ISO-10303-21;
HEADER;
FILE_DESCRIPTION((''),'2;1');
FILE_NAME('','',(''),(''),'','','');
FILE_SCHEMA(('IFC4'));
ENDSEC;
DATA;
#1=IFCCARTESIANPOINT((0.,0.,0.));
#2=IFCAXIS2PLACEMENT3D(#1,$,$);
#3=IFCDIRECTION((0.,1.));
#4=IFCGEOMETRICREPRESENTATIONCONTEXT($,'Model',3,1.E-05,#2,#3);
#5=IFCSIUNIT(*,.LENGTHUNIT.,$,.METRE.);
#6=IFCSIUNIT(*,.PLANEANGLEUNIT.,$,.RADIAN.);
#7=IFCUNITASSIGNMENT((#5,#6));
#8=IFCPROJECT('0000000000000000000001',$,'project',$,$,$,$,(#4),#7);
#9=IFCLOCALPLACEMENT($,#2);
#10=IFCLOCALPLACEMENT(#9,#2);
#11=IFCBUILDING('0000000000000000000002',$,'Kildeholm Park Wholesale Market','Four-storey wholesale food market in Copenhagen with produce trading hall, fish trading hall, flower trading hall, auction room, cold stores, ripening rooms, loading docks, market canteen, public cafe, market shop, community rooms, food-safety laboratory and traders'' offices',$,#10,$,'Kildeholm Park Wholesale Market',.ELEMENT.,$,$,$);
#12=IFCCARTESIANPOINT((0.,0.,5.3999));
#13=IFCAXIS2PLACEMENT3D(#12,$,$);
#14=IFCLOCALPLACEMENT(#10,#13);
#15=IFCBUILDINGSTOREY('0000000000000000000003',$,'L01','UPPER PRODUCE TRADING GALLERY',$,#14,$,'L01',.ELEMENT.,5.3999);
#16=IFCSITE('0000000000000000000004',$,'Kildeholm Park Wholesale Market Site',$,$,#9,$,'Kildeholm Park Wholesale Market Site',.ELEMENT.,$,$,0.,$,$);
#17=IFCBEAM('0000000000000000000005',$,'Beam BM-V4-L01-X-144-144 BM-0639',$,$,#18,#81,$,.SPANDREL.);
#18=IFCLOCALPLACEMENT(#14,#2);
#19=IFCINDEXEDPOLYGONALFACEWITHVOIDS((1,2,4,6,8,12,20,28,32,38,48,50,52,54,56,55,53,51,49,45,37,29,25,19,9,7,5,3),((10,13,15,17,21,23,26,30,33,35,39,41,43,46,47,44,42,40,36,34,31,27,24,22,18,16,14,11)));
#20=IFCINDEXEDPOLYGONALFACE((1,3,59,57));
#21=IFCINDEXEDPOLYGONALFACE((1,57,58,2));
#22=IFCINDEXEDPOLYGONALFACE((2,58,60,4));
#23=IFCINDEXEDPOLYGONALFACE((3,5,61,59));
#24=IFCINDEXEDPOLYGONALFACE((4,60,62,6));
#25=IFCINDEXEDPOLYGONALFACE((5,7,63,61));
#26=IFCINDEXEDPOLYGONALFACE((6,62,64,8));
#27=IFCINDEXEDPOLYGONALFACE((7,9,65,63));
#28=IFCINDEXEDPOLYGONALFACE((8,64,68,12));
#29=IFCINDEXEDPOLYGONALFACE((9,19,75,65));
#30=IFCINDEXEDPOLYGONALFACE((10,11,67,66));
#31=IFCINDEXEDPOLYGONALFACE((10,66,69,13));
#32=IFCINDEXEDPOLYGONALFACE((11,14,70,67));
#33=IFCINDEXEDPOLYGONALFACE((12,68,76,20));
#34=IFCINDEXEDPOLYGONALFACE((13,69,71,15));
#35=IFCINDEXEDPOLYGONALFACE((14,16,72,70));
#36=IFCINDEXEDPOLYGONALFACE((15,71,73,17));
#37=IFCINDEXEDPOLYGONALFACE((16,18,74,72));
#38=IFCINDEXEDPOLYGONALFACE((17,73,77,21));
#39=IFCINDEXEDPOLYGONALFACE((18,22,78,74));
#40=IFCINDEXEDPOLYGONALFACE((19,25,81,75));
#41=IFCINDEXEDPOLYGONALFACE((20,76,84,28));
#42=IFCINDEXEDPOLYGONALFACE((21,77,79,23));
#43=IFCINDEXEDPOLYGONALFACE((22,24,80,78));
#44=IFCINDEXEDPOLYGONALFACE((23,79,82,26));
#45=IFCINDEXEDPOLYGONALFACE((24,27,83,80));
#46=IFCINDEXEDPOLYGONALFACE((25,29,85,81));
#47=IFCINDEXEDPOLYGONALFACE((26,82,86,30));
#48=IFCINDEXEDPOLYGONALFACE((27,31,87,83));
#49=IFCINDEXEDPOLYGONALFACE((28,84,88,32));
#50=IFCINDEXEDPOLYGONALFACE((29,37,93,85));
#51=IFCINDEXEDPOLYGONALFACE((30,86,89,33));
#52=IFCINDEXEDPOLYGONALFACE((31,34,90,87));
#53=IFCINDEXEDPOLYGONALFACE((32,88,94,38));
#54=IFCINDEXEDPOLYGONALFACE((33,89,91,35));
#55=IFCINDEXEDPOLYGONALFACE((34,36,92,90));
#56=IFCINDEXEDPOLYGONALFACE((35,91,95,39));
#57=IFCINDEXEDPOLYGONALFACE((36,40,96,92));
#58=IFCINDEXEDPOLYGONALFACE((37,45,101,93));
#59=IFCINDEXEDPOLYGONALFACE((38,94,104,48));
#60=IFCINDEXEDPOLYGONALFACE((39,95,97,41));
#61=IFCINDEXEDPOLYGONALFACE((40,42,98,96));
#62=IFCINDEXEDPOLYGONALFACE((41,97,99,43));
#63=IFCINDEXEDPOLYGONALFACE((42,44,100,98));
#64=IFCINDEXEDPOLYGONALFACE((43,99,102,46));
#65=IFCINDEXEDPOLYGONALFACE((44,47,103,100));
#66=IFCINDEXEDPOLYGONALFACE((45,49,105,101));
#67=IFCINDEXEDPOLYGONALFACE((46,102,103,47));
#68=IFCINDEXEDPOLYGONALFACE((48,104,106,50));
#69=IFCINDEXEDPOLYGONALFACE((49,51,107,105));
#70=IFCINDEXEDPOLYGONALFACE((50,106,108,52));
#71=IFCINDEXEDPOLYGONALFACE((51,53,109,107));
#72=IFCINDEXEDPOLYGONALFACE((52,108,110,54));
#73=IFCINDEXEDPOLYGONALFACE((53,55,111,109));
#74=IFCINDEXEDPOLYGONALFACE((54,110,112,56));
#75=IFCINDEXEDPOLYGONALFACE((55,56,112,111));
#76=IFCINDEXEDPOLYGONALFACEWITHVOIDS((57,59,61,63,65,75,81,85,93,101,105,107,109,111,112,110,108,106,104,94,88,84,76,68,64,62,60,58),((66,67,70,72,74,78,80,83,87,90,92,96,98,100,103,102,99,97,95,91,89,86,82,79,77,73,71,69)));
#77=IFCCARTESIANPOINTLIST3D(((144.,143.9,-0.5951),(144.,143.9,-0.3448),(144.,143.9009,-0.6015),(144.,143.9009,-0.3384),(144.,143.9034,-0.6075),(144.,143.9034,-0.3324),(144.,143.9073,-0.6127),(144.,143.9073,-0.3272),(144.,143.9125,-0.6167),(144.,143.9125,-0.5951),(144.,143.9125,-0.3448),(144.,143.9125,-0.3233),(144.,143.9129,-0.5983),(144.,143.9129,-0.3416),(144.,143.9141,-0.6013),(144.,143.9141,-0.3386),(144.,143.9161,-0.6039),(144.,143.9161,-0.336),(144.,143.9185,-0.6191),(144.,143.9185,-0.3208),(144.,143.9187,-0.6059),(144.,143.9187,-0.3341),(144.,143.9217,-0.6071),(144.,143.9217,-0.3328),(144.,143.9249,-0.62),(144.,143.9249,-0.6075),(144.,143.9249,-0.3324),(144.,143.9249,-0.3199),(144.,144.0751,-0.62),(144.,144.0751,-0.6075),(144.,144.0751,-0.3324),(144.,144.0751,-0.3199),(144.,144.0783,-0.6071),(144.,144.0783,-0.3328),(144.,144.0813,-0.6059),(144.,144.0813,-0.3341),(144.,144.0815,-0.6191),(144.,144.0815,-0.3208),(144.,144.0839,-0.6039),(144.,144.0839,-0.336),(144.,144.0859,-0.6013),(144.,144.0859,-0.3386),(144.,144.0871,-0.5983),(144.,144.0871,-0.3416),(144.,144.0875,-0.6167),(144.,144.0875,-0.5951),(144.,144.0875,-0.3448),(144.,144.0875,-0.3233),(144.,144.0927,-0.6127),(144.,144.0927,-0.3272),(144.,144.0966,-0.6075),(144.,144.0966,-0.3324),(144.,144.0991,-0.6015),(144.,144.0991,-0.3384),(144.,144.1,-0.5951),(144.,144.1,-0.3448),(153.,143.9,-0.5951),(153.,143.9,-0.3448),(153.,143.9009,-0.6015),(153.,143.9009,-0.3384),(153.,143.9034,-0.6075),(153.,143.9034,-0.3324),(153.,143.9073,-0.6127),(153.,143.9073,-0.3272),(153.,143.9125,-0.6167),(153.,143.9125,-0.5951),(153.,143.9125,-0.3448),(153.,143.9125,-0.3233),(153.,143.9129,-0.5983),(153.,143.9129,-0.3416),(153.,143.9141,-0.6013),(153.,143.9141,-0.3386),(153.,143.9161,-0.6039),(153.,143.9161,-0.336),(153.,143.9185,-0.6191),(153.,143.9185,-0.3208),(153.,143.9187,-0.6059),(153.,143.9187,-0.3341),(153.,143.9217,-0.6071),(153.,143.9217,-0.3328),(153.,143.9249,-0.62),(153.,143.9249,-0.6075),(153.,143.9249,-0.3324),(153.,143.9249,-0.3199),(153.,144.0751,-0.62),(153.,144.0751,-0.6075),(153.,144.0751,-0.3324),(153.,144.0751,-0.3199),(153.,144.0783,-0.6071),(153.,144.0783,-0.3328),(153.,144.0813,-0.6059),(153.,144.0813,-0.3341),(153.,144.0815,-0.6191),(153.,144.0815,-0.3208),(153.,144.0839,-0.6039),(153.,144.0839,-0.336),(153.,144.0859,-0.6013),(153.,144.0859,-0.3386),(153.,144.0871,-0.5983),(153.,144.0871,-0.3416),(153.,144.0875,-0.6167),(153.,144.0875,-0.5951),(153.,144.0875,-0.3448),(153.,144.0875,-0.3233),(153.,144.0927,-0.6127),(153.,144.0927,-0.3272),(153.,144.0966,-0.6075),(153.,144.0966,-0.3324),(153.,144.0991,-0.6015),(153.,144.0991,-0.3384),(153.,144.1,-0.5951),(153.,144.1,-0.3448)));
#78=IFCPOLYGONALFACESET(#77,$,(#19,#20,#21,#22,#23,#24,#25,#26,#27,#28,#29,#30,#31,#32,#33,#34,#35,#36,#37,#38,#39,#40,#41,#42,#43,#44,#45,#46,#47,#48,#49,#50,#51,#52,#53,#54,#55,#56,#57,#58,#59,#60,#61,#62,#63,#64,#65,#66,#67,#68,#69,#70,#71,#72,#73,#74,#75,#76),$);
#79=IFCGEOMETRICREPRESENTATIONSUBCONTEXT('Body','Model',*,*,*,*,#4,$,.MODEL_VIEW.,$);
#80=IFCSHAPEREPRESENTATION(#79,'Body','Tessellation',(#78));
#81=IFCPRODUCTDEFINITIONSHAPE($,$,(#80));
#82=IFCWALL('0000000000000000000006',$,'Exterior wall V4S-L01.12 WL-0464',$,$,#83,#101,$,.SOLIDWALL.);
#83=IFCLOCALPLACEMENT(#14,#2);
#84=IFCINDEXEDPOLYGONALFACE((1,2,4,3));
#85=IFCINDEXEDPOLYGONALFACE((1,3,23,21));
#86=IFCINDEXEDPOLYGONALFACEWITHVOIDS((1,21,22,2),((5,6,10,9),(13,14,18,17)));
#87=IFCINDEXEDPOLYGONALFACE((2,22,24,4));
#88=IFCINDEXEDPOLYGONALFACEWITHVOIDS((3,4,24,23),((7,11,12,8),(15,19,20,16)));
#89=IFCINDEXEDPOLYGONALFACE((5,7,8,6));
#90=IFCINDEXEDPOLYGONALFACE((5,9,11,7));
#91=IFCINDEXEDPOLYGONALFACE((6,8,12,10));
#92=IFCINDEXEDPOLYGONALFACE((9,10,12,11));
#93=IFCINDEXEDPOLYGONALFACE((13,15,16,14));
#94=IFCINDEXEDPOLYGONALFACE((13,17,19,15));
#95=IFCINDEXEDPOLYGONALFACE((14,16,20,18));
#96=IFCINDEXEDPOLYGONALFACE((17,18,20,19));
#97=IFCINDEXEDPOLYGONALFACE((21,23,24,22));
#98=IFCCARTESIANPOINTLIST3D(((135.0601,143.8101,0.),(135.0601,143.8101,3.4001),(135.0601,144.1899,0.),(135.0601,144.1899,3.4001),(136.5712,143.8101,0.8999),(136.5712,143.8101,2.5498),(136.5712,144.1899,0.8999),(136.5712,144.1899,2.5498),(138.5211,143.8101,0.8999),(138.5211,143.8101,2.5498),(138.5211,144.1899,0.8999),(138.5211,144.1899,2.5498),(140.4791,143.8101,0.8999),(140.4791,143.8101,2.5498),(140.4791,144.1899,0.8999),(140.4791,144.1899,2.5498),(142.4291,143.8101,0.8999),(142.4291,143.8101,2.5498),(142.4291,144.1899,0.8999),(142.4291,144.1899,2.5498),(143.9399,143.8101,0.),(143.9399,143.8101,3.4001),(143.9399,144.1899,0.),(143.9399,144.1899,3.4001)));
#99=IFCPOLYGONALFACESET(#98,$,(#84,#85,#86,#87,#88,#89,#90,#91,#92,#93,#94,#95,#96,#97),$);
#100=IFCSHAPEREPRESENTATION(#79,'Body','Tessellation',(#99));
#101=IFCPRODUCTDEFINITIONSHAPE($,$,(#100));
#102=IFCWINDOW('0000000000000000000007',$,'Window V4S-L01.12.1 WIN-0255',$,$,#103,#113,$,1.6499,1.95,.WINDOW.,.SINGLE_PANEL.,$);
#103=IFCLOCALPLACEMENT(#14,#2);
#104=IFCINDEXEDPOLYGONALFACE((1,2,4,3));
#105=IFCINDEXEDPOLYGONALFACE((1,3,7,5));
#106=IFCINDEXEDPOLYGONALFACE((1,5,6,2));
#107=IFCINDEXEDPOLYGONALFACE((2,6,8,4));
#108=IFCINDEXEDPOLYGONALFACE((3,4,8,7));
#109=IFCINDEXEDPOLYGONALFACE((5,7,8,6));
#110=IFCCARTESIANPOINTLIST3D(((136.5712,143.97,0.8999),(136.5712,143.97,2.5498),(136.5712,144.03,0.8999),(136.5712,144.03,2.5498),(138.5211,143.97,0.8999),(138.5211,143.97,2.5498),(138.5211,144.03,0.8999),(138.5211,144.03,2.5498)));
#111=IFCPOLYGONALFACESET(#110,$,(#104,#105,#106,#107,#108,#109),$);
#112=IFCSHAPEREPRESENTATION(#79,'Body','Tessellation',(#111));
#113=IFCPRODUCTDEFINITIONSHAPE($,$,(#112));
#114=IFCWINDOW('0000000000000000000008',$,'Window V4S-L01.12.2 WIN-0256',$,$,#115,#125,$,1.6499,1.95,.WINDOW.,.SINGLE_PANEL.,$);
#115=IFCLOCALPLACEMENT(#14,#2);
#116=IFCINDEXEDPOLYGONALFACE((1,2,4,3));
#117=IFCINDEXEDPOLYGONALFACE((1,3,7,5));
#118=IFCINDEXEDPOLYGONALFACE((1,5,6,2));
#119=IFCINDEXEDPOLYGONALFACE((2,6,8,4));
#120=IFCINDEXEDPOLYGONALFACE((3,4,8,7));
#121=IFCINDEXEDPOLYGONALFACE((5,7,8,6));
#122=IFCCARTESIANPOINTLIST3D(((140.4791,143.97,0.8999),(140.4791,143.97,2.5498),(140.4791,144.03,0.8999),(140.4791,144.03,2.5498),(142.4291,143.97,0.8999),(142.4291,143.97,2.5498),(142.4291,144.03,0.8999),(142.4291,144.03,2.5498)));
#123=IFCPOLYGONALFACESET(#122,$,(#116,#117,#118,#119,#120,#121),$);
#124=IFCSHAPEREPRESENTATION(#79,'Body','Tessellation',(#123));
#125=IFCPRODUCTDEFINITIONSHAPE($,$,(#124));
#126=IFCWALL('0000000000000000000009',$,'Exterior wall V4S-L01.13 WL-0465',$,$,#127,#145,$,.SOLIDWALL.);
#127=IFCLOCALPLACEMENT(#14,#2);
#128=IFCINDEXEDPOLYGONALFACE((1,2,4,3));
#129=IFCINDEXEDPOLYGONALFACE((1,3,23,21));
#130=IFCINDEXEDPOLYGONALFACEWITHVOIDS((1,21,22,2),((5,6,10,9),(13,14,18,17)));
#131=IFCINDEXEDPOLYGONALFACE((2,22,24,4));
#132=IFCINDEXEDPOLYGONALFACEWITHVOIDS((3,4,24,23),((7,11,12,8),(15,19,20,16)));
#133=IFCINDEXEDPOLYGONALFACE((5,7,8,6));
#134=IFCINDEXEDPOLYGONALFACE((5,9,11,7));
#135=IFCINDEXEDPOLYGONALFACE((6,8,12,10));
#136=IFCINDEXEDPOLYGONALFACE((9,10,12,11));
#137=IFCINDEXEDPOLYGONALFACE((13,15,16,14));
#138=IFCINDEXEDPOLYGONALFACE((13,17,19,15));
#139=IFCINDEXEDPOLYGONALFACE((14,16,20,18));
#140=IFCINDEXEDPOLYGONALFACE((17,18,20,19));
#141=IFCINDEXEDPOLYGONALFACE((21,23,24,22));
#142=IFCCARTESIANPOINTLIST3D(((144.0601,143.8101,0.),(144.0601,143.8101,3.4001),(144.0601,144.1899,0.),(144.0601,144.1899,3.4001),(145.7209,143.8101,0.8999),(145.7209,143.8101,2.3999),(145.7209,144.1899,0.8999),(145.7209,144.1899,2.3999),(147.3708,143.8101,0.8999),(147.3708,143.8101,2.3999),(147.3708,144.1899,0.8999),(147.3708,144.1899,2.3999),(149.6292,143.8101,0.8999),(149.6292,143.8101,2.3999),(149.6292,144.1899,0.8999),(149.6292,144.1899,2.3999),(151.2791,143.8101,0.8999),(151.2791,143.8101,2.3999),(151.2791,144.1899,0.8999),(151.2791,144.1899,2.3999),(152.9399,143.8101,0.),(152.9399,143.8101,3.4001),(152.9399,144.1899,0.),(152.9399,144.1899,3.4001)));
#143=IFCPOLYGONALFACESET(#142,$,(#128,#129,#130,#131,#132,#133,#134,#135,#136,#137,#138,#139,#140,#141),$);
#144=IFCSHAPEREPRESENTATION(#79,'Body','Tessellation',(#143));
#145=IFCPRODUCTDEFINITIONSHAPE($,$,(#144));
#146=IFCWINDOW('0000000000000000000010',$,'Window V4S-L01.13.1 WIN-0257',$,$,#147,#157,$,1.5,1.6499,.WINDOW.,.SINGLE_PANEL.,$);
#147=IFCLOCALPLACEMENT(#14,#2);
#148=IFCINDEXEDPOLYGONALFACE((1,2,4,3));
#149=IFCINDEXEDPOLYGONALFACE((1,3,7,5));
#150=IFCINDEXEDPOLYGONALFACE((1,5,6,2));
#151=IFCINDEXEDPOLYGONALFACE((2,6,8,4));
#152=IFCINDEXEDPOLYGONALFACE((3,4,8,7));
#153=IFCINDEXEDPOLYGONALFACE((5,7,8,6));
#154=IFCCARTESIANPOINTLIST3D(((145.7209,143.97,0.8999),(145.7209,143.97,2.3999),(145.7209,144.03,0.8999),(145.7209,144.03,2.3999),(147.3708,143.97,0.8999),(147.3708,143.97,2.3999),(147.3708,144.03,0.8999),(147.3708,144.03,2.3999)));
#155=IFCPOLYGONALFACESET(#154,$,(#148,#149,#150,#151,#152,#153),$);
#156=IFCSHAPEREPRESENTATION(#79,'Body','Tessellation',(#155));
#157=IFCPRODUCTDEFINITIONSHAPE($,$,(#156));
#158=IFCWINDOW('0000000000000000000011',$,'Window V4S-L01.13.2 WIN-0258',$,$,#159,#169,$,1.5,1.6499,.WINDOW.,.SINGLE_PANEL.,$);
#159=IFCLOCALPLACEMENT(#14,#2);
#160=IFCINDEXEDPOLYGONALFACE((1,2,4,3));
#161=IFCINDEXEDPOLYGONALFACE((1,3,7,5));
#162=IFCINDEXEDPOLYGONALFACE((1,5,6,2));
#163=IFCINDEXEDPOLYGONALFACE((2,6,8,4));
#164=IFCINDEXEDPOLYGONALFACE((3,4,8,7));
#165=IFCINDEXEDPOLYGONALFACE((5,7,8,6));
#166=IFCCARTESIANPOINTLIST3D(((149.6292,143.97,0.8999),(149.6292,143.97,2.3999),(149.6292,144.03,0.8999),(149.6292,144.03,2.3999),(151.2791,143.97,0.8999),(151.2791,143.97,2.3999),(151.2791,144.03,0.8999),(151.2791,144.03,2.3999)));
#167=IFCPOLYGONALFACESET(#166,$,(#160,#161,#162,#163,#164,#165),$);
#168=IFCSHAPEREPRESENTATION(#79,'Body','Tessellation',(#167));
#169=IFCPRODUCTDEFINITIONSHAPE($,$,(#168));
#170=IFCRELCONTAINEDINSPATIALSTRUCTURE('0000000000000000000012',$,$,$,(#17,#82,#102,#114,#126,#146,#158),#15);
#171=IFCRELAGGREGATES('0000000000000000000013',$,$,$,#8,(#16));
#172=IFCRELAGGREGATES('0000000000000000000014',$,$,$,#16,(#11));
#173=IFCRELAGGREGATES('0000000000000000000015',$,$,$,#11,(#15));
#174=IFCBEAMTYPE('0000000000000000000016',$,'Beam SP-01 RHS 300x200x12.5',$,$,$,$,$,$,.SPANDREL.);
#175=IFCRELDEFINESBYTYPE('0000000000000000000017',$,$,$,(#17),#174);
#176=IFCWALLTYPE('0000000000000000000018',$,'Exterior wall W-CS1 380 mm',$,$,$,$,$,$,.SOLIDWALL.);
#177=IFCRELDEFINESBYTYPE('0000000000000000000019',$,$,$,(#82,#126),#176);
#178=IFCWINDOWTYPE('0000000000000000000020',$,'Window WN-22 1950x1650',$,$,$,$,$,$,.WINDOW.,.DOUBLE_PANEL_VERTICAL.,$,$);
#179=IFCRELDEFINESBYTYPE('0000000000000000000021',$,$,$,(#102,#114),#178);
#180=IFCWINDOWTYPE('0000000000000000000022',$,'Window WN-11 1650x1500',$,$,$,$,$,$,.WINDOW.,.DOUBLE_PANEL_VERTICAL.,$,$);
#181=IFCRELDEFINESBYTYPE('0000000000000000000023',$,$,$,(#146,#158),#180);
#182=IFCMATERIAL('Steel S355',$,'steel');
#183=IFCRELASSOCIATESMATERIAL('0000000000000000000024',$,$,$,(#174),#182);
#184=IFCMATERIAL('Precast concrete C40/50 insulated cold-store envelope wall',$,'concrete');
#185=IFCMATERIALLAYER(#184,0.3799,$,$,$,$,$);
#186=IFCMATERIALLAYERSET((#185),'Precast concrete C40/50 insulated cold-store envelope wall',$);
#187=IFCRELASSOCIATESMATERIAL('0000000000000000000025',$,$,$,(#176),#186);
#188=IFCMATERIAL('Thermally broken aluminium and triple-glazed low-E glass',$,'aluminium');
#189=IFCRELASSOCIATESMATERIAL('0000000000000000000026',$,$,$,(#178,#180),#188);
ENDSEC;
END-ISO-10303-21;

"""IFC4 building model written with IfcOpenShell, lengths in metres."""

from ifc_helpers import new_model, si_unit, direction, frame, frame_2d, origin, origin_2d, place, context, subcontext, project, spatial, rectangle, hollow_rectangle, extrude, material, layer, layer_set, material_profile, profile_set, type_object, element, fill, save


model = new_model("IFC4")

# Units and contexts
model_context = context("Model", 3, precision=1e-05, world=origin(), true_north=direction((0.0, 1.0)))
body_context = subcontext(model_context, "Body", "Model", "MODEL_VIEW")
ifc_project = project(units=[si_unit("LENGTHUNIT", "METRE"), si_unit("PLANEANGLEUNIT", "RADIAN")], contexts=[model_context])

# Site, building, storey
site_placement = place(None, origin())
site = spatial("IfcSite", under=ifc_project, at=site_placement, Name="Kildeholm Park Wholesale Market Site", LongName="Kildeholm Park Wholesale Market Site", CompositionType="ELEMENT", RefElevation=0.0)
building_placement = place(site_placement, origin())
building = spatial("IfcBuilding", under=site, at=building_placement, Name="Kildeholm Park Wholesale Market", Description="Four-storey wholesale food market in Copenhagen with produce trading hall, fish trading hall, flower trading hall, auction room, cold stores, ripening rooms, loading docks, market canteen, public cafe, market shop, community rooms, food-safety laboratory and traders' offices", LongName="Kildeholm Park Wholesale Market", CompositionType="ELEMENT")
storey_placement = place(building_placement, frame((0.0, 0.0, 5.3999)))
storey = spatial("IfcBuildingStorey", under=building, at=storey_placement, Name="L01", Description="UPPER PRODUCE TRADING GALLERY", LongName="L01", CompositionType="ELEMENT", Elevation=5.3999)

# Beam
ifc_material_1 = material(Name="Steel S355", Category="steel")
ifc_material_profile_1 = material_profile(ifc_material_1, hollow_rectangle(XDim=0.2, YDim=0.3, WallThickness=0.0125, InnerFilletRadius=0.0125, OuterFilletRadius=0.0249, at=origin_2d()), Name="RHS 300x200x12.5")
ifc_profile_set_1 = profile_set([ifc_material_profile_1], Name="Steel S355")
beam_type_1 = type_object("IfcBeamType", Name="Beam SP-01 RHS 300x200x12.5", PredefinedType="SPANDREL", material=ifc_profile_set_1)
beam_1_placement = place(storey_placement, frame((144.0, 144.0, -0.47), z_axis=(1.0, 0.0, 0.0), x_axis=(0.0, 1.0, 0.0)))
element("IfcBeam", 1, at=beam_1_placement, inside=storey, type_object=beam_type_1, Name="Beam BM-V4-L01-X-144-144 BM-0639", PredefinedType="SPANDREL", context=body_context, shape_type="SweptSolid", body=[
    extrude(hollow_rectangle(XDim=0.2, YDim=0.3, WallThickness=0.0125, InnerFilletRadius=0.0125, OuterFilletRadius=0.0249, at=origin_2d()), origin(), (0.0, 0.0, 1.0), 9.0),
])

# Walls, openings, windows
ifc_material_2 = material(Name="Precast concrete C40/50 insulated cold-store envelope wall", Category="concrete")
ifc_layer_1 = layer(ifc_material_2, 0.3799)
ifc_layer_set_1 = layer_set([ifc_layer_1], Name="Precast concrete C40/50 insulated cold-store envelope wall")
wall_type = type_object("IfcWallType", Name="Exterior wall W-CS1 380 mm", PredefinedType="SOLIDWALL", material=ifc_layer_set_1)
wall_1_placement = place(storey_placement, frame((135.0601, 144.0, 0.0), z_axis=(0.0, 0.0, 1.0), x_axis=(1.0, 0.0, 0.0)))
wall_1 = element("IfcWall", 2, at=wall_1_placement, inside=storey, type_object=wall_type, Name="Exterior wall V4S-L01.12 WL-0464", PredefinedType="SOLIDWALL", context=body_context, shape_type="SweptSolid", body=[
    extrude(rectangle(XDim=8.8799, YDim=0.3799, at=frame_2d((4.4399, 0.0))), origin(), (0.0, 0.0, 1.0), 3.4001),
])
opening_1_placement = place(wall_1_placement, frame((1.511, 0.0, 0.8999)))
opening_1 = element("IfcOpeningElement", 3, at=opening_1_placement, cuts=wall_1, PredefinedType="OPENING", context=body_context, shape_type="SweptSolid", body=[
    extrude(rectangle(XDim=1.95, YDim=1.6499, at=frame_2d((0.9751, 0.825))), frame((0.0, 0.2, 0.0), z_axis=(0.0, -1.0, 0.0), x_axis=(1.0, 0.0, 0.0)), (0.0, 0.0, 1.0), 0.3999),
])
opening_2_placement = place(wall_1_placement, frame((5.4189, 0.0, 0.8999)))
opening_2 = element("IfcOpeningElement", 4, at=opening_2_placement, cuts=wall_1, PredefinedType="OPENING", context=body_context, shape_type="SweptSolid", body=[
    extrude(rectangle(XDim=1.95, YDim=1.6499, at=frame_2d((0.9751, 0.825))), frame((0.0, 0.2, 0.0), z_axis=(0.0, -1.0, 0.0), x_axis=(1.0, 0.0, 0.0)), (0.0, 0.0, 1.0), 0.3999),
])
ifc_material_3 = material(Name="Thermally broken aluminium and triple-glazed low-E glass", Category="aluminium")
window_type_1 = type_object("IfcWindowType", Name="Window WN-22 1950x1650", PartitioningType="DOUBLE_PANEL_VERTICAL", PredefinedType="WINDOW", material=ifc_material_3)
window_1_placement = place(opening_1_placement, origin())
window_1 = element("IfcWindow", 5, at=window_1_placement, inside=storey, type_object=window_type_1, Name="Window V4S-L01.12.1 WIN-0255", OverallHeight=1.6499, OverallWidth=1.95, PartitioningType="SINGLE_PANEL", PredefinedType="WINDOW", context=body_context, shape_type="SweptSolid", body=[
    extrude(rectangle(XDim=1.95, YDim=1.6499, at=frame_2d((0.9751, 0.825))), frame((0.0, 0.03, 0.0), z_axis=(0.0, -1.0, 0.0), x_axis=(1.0, 0.0, 0.0)), (0.0, 0.0, 1.0), 0.0601),
])
fill(opening_1, window_1)
window_2_placement = place(opening_2_placement, origin())
window_2 = element("IfcWindow", 6, at=window_2_placement, inside=storey, type_object=window_type_1, Name="Window V4S-L01.12.2 WIN-0256", OverallHeight=1.6499, OverallWidth=1.95, PartitioningType="SINGLE_PANEL", PredefinedType="WINDOW", context=body_context, shape_type="SweptSolid", body=[
    extrude(rectangle(XDim=1.95, YDim=1.6499, at=frame_2d((0.9751, 0.825))), frame((0.0, 0.03, 0.0), z_axis=(0.0, -1.0, 0.0), x_axis=(1.0, 0.0, 0.0)), (0.0, 0.0, 1.0), 0.0601),
])
fill(opening_2, window_2)
wall_2_placement = place(storey_placement, frame((144.0601, 144.0, 0.0), z_axis=(0.0, 0.0, 1.0), x_axis=(1.0, 0.0, 0.0)))
wall_2 = element("IfcWall", 7, at=wall_2_placement, inside=storey, type_object=wall_type, Name="Exterior wall V4S-L01.13 WL-0465", PredefinedType="SOLIDWALL", context=body_context, shape_type="SweptSolid", body=[
    extrude(rectangle(XDim=8.8799, YDim=0.3799, at=frame_2d((4.4399, 0.0))), origin(), (0.0, 0.0, 1.0), 3.4001),
])
opening_3_placement = place(wall_2_placement, frame((1.6609, 0.0, 0.8999)))
opening_3 = element("IfcOpeningElement", 8, at=opening_3_placement, cuts=wall_2, PredefinedType="OPENING", context=body_context, shape_type="SweptSolid", body=[
    extrude(rectangle(XDim=1.6499, YDim=1.5, at=frame_2d((0.825, 0.75))), frame((0.0, 0.2, 0.0), z_axis=(0.0, -1.0, 0.0), x_axis=(1.0, 0.0, 0.0)), (0.0, 0.0, 1.0), 0.3999),
])
opening_4_placement = place(wall_2_placement, frame((5.5691, 0.0, 0.8999)))
opening_4 = element("IfcOpeningElement", 9, at=opening_4_placement, cuts=wall_2, PredefinedType="OPENING", context=body_context, shape_type="SweptSolid", body=[
    extrude(rectangle(XDim=1.6499, YDim=1.5, at=frame_2d((0.825, 0.75))), frame((0.0, 0.2, 0.0), z_axis=(0.0, -1.0, 0.0), x_axis=(1.0, 0.0, 0.0)), (0.0, 0.0, 1.0), 0.3999),
])
window_type_2 = type_object("IfcWindowType", Name="Window WN-11 1650x1500", PartitioningType="DOUBLE_PANEL_VERTICAL", PredefinedType="WINDOW", material=ifc_material_3)
window_3_placement = place(opening_3_placement, origin())
window_3 = element("IfcWindow", 10, at=window_3_placement, inside=storey, type_object=window_type_2, Name="Window V4S-L01.13.1 WIN-0257", OverallHeight=1.5, OverallWidth=1.6499, PartitioningType="SINGLE_PANEL", PredefinedType="WINDOW", context=body_context, shape_type="SweptSolid", body=[
    extrude(rectangle(XDim=1.6499, YDim=1.5, at=frame_2d((0.825, 0.75))), frame((0.0, 0.03, 0.0), z_axis=(0.0, -1.0, 0.0), x_axis=(1.0, 0.0, 0.0)), (0.0, 0.0, 1.0), 0.0601),
])
fill(opening_3, window_3)
window_4_placement = place(opening_4_placement, origin())
window_4 = element("IfcWindow", 11, at=window_4_placement, inside=storey, type_object=window_type_2, Name="Window V4S-L01.13.2 WIN-0258", OverallHeight=1.5, OverallWidth=1.6499, PartitioningType="SINGLE_PANEL", PredefinedType="WINDOW", context=body_context, shape_type="SweptSolid", body=[
    extrude(rectangle(XDim=1.6499, YDim=1.5, at=frame_2d((0.825, 0.75))), frame((0.0, 0.03, 0.0), z_axis=(0.0, -1.0, 0.0), x_axis=(1.0, 0.0, 0.0)), (0.0, 0.0, 1.0), 0.0601),
])
fill(opening_4, window_4)

save(model, "model.ifc")
